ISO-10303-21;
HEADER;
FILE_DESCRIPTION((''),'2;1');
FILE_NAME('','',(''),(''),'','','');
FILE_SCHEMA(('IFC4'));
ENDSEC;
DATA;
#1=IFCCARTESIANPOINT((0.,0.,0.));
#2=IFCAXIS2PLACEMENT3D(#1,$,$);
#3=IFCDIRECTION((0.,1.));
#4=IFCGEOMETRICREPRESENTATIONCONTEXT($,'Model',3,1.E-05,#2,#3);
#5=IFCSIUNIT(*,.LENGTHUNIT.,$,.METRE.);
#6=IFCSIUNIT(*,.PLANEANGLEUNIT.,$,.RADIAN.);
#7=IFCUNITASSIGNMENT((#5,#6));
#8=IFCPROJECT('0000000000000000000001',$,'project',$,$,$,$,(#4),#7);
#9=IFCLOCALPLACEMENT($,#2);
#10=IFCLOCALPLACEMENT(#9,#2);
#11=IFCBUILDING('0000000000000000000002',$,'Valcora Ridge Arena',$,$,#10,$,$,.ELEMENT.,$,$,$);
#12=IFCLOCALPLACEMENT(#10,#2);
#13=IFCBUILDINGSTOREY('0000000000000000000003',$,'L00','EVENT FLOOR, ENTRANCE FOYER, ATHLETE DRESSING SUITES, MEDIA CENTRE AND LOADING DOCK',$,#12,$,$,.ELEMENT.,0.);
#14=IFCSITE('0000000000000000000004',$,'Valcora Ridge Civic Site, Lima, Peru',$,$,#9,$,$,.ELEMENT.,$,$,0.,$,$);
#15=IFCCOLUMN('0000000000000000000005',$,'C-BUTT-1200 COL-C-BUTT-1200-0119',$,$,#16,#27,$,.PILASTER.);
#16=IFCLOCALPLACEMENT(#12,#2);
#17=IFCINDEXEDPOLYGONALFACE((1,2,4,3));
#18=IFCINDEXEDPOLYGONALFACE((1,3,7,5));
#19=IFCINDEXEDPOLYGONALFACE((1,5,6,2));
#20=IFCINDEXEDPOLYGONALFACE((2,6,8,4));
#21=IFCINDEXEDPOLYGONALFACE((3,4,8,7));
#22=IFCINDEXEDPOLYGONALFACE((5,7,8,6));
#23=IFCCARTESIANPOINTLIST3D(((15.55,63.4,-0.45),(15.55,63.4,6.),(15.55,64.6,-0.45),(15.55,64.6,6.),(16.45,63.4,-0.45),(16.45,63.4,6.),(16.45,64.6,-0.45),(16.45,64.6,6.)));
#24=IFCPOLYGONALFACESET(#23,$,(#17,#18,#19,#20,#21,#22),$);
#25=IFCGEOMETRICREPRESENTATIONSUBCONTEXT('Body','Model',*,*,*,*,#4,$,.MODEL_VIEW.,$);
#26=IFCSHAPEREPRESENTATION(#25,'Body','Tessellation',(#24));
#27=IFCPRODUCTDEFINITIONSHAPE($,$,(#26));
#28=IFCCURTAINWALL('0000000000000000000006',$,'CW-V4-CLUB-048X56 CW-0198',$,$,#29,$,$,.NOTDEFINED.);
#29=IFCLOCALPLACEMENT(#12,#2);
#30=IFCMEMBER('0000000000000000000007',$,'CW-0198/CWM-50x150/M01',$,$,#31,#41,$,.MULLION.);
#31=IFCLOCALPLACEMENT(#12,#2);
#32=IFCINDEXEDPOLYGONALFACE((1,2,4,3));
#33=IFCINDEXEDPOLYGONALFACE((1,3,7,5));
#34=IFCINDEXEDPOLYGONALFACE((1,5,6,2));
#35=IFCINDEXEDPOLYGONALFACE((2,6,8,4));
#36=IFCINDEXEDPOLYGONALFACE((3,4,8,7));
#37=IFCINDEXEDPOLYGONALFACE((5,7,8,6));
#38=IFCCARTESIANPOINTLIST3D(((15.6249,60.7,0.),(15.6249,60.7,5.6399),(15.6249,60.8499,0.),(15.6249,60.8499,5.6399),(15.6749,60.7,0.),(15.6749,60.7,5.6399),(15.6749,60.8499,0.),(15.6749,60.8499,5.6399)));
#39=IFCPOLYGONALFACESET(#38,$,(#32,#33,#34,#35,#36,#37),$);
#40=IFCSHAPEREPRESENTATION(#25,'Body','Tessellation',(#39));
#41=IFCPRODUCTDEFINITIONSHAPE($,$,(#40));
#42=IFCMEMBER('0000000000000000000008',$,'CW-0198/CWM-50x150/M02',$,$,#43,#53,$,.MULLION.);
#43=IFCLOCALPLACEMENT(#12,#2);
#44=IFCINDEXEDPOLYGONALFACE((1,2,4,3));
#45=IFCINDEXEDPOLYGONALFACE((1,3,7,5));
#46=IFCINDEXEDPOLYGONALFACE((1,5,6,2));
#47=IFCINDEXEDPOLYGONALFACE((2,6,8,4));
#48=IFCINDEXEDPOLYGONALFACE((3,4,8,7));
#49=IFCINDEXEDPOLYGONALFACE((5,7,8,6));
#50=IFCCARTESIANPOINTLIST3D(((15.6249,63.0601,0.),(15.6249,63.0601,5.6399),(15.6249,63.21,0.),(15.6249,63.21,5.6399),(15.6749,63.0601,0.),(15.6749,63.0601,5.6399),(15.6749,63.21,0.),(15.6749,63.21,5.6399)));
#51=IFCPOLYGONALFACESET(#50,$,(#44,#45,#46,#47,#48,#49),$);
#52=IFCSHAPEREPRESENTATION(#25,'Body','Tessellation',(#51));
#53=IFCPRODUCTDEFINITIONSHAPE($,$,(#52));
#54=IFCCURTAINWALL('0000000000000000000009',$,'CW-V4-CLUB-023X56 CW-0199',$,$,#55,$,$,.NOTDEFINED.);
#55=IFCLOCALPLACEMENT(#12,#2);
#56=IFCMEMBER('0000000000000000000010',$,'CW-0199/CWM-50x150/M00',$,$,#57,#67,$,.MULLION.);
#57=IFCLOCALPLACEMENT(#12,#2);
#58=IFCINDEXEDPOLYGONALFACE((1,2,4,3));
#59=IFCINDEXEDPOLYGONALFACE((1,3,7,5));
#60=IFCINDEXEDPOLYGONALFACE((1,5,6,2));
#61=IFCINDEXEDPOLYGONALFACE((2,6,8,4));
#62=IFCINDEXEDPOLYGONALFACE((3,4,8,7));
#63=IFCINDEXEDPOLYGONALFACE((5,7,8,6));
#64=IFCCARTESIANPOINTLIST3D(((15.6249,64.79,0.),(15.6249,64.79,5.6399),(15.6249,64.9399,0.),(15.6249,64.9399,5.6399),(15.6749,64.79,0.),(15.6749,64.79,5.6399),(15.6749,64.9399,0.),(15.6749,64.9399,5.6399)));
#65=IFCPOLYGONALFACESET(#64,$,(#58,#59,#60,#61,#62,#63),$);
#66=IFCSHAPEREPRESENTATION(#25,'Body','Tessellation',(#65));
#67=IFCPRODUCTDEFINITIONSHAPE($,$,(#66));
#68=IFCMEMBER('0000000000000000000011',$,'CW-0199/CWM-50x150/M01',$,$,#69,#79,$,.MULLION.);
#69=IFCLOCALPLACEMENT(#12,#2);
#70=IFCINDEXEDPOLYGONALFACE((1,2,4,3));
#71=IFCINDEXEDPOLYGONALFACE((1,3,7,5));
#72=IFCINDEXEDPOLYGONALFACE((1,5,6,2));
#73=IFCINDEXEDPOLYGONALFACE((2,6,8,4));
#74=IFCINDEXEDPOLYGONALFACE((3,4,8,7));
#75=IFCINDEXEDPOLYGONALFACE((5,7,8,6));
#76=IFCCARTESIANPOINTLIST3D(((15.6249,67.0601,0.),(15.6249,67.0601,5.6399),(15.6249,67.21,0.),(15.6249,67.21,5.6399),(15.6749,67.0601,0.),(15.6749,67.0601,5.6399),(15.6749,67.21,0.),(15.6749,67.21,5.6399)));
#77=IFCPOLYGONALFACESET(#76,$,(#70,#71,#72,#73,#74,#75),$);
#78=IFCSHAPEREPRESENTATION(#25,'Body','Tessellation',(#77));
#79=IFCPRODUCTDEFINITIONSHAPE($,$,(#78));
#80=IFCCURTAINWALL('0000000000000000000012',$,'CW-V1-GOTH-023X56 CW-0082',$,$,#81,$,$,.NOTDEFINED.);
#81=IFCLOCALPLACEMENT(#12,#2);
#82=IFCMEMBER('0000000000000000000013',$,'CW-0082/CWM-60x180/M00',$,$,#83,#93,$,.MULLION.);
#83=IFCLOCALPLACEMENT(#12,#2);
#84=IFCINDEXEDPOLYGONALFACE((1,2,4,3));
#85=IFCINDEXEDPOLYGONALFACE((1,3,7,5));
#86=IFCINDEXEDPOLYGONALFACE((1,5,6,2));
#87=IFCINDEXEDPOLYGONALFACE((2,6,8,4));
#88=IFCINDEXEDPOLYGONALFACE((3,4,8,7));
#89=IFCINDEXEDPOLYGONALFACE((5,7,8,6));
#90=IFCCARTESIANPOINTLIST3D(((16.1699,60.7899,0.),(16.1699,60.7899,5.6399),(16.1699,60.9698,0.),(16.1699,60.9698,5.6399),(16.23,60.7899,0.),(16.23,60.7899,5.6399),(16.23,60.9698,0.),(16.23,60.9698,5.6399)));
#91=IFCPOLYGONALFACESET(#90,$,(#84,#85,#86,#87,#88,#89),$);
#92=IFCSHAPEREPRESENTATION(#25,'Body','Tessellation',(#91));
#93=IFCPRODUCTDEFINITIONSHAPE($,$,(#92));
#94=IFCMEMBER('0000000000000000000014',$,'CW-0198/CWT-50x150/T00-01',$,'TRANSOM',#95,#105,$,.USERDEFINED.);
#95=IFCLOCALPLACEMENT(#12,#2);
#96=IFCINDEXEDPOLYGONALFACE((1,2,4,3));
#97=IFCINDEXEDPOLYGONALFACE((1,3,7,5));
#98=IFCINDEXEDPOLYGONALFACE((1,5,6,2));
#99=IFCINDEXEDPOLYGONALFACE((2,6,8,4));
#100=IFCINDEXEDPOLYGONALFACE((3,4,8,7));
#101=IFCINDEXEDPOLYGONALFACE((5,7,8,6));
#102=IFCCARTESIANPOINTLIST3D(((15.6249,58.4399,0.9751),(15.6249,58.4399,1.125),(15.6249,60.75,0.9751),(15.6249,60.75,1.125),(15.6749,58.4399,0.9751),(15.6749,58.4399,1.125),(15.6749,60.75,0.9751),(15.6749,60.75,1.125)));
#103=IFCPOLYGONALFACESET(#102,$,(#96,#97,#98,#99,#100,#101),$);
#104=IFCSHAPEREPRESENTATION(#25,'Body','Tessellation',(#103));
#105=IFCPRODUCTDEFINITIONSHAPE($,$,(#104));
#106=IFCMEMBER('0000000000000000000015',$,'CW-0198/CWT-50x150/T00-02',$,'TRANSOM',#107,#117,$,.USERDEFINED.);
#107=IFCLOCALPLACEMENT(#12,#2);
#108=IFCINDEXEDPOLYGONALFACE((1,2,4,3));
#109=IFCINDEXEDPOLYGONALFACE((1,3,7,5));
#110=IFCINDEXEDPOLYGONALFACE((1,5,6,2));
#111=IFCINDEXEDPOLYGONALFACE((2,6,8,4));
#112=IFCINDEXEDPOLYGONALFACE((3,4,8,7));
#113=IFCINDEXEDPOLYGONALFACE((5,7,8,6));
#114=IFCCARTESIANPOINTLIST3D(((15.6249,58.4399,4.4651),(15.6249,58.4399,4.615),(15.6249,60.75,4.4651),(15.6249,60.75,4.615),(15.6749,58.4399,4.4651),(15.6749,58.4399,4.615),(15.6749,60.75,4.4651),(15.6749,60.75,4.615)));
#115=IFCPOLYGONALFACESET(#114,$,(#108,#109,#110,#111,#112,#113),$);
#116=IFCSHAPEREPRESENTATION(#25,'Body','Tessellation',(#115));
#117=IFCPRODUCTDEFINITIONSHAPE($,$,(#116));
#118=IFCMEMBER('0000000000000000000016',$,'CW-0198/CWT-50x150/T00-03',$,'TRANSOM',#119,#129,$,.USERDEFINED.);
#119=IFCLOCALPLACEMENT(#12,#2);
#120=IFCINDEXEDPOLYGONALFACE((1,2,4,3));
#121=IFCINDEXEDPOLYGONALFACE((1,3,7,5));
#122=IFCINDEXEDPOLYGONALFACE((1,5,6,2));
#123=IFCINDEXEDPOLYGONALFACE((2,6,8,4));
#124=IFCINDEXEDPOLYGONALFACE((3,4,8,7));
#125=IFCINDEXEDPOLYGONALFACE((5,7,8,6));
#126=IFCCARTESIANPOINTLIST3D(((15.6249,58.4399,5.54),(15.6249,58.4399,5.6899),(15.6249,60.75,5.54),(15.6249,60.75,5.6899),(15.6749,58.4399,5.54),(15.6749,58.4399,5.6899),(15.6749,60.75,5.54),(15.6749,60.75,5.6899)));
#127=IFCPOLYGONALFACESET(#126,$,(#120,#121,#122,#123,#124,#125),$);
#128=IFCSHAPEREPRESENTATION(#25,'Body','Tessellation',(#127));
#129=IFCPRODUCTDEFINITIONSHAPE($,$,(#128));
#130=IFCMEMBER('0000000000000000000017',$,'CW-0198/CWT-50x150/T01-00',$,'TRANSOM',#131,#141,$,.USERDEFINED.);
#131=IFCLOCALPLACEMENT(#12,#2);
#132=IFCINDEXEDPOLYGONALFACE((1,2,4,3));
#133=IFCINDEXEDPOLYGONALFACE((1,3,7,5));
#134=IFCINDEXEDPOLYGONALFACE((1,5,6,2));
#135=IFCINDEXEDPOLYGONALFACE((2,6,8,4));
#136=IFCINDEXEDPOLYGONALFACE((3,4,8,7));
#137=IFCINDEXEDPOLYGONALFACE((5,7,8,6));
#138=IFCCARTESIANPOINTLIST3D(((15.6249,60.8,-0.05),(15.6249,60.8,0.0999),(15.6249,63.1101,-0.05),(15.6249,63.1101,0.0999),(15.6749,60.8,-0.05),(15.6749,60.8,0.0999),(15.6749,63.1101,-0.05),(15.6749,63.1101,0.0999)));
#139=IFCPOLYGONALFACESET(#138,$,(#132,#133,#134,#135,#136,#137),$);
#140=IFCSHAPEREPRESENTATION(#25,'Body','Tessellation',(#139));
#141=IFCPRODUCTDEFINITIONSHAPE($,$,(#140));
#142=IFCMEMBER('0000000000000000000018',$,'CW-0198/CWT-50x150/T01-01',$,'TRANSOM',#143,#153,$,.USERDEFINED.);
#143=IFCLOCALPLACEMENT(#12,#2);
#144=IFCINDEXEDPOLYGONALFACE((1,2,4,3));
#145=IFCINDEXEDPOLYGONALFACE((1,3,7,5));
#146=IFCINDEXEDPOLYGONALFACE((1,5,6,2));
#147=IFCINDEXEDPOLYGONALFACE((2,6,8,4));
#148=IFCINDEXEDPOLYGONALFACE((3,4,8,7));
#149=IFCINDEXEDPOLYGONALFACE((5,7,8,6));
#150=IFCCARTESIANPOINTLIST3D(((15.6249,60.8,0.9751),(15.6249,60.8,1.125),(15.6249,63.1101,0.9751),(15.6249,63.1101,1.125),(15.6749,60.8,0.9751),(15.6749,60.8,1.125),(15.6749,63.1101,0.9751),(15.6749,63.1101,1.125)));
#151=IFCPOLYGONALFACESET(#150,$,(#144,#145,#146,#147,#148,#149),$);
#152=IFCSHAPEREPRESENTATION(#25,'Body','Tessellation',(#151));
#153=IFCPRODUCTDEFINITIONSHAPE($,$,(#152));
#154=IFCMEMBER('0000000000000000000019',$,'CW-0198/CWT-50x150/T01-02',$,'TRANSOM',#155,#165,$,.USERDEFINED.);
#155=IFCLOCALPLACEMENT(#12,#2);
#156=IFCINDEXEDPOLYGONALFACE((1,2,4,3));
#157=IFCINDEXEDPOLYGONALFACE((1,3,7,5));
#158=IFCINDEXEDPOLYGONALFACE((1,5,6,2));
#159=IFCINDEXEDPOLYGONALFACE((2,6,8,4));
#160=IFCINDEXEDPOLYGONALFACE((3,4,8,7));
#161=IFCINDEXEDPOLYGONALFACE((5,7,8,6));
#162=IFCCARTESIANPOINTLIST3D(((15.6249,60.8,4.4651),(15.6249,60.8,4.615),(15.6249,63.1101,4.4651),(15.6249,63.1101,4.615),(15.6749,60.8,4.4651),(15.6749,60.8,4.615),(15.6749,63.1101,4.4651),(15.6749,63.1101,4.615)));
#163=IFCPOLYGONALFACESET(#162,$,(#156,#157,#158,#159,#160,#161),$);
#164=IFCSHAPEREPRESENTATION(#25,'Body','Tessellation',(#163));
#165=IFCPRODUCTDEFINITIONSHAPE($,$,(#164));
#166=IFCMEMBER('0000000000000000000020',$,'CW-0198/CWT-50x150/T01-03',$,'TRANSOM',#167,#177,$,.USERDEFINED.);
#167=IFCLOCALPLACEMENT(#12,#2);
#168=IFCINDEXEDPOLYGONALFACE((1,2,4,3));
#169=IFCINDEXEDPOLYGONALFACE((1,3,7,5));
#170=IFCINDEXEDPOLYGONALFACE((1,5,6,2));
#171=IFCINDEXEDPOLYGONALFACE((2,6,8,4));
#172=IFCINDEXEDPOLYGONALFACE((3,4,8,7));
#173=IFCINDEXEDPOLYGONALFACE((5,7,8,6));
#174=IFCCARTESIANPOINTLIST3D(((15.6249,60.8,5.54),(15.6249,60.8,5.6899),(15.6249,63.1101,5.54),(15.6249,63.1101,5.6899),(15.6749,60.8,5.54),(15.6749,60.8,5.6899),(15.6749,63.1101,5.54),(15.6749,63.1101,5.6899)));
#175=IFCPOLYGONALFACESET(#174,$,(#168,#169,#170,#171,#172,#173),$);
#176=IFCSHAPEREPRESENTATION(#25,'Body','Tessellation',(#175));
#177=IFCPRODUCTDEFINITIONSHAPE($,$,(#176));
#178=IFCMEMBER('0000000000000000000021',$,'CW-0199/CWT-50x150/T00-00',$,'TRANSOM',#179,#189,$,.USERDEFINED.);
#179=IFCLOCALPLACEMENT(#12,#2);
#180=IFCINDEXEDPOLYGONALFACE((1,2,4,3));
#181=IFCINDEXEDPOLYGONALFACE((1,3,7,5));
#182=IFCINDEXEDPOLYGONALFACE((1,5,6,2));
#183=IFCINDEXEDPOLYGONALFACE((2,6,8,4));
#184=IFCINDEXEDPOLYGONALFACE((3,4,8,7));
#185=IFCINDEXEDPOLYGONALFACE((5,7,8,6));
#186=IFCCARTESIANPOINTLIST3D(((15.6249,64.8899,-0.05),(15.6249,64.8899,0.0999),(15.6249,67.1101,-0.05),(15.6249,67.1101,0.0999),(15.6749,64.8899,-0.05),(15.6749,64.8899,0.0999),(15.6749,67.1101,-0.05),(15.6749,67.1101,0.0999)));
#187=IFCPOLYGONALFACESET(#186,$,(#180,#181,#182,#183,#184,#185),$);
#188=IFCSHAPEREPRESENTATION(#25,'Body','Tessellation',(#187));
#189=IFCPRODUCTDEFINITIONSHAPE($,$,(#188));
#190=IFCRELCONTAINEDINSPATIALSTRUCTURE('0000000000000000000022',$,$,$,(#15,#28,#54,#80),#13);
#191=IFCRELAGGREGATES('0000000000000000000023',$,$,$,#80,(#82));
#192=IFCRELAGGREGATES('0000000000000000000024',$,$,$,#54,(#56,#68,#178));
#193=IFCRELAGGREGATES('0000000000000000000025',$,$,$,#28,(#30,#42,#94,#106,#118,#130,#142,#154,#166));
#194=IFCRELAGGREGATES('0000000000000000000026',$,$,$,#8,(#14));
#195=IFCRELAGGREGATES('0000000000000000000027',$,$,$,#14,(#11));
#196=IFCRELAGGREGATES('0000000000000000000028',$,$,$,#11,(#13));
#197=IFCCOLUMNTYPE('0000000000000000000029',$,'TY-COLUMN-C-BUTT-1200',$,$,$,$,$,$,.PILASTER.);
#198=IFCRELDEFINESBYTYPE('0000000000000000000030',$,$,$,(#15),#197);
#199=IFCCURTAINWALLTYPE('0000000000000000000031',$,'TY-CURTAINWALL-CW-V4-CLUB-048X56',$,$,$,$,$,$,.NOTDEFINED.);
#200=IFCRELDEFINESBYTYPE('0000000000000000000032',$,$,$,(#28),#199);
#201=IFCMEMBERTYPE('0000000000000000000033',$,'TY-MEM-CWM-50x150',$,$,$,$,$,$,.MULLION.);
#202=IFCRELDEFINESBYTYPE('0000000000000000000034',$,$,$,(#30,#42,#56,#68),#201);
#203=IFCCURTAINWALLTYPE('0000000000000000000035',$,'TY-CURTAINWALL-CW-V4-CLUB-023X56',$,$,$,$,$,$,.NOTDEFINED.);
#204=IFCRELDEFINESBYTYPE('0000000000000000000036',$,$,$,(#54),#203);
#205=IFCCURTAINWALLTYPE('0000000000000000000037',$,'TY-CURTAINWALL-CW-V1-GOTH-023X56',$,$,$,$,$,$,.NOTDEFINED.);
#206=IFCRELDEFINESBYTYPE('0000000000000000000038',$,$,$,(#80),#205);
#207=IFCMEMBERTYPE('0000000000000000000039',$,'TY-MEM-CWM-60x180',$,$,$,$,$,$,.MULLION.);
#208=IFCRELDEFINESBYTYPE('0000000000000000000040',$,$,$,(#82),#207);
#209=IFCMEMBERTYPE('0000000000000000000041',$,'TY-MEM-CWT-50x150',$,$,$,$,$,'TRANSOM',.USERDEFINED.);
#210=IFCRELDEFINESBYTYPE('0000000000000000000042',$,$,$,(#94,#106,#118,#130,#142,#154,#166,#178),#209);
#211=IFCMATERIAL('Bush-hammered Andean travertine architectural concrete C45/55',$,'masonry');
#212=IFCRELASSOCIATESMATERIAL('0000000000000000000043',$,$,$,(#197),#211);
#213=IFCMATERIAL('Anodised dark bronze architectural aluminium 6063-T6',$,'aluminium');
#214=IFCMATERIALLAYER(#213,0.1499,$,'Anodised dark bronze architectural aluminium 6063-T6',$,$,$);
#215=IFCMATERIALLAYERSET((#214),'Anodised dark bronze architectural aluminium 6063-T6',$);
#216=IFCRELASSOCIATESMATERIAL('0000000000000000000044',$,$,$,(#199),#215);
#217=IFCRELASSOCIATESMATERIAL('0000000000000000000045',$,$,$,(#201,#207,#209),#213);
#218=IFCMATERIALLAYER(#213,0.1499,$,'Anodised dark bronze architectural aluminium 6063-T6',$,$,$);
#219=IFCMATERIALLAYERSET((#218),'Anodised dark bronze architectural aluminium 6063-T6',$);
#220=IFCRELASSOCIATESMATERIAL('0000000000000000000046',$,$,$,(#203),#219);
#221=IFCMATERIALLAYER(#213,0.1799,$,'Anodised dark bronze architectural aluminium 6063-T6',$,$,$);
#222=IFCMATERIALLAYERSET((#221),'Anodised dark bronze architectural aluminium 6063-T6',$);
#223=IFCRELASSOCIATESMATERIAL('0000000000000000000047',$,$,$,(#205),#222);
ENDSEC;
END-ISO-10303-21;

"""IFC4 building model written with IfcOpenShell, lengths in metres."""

from ifc_helpers import new_model, si_unit, direction, frame, origin, origin_2d, place, context, subcontext, project, spatial, rectangle, extrude, material, layer, layer_set, material_profile, profile_set, type_object, element, aggregate, save


model = new_model("IFC4")

# Units and contexts
model_context = context("Model", 3, precision=1e-05, world=origin(), true_north=direction((0.0, 1.0)))
body_context = subcontext(model_context, "Body", "Model", "MODEL_VIEW")
ifc_project = project(units=[si_unit("LENGTHUNIT", "METRE"), si_unit("PLANEANGLEUNIT", "RADIAN")], contexts=[model_context])

# Site, building, storey
site_placement = place(None, origin())
site = spatial("IfcSite", under=ifc_project, at=site_placement, Name="Valcora Ridge Civic Site, Lima, Peru", CompositionType="ELEMENT", RefElevation=0.0)
building_placement = place(site_placement, origin())
building = spatial("IfcBuilding", under=site, at=building_placement, Name="Valcora Ridge Arena", CompositionType="ELEMENT")
storey_placement = place(building_placement, origin())
storey = spatial("IfcBuildingStorey", under=building, at=storey_placement, Name="L00", Description="EVENT FLOOR, ENTRANCE FOYER, ATHLETE DRESSING SUITES, MEDIA CENTRE AND LOADING DOCK", CompositionType="ELEMENT", Elevation=0.0)

# Column
ifc_material_1 = material(Name="Bush-hammered Andean travertine architectural concrete C45/55", Category="masonry")
ifc_material_profile_1 = material_profile(ifc_material_1, rectangle(XDim=0.8999, YDim=1.2, at=origin_2d()), Name="RC 900x1200")
ifc_profile_set_1 = profile_set([ifc_material_profile_1], Name="Bush-hammered Andean travertine architectural concrete C45/55")
column_type = type_object("IfcColumnType", Name="TY-COLUMN-C-BUTT-1200", PredefinedType="PILASTER", material=ifc_profile_set_1)
column_placement = place(storey_placement, frame((16.0, 64.0, -0.45), z_axis=(0.0, 0.0, 1.0), x_axis=(1.0, 0.0, 0.0)))
element("IfcColumn", 1, at=column_placement, inside=storey, type_object=column_type, Name="C-BUTT-1200 COL-C-BUTT-1200-0119", PredefinedType="PILASTER", context=body_context, shape_type="SweptSolid", body=[
    extrude(rectangle(XDim=0.8999, YDim=1.2, at=origin_2d()), origin(), (0.0, 0.0, 1.0), 6.45),
])

# Curtain walls, members
ifc_material_2 = material(Name="Anodised dark bronze architectural aluminium 6063-T6", Category="aluminium")
ifc_layer_1 = layer(ifc_material_2, 0.1499, Name="Anodised dark bronze architectural aluminium 6063-T6")
ifc_layer_set_1 = layer_set([ifc_layer_1], Name="Anodised dark bronze architectural aluminium 6063-T6")
curtain_wall_type_1 = type_object("IfcCurtainWallType", Name="TY-CURTAINWALL-CW-V4-CLUB-048X56", PredefinedType="NOTDEFINED", material=ifc_layer_set_1)
curtain_wall_1_placement = place(storey_placement, origin())
curtain_wall_1 = element("IfcCurtainWall", 2, at=curtain_wall_1_placement, inside=storey, type_object=curtain_wall_type_1, Name="CW-V4-CLUB-048X56 CW-0198", PredefinedType="NOTDEFINED")
ifc_material_profile_2 = material_profile(ifc_material_2, rectangle(XDim=0.05, YDim=0.1499, at=origin_2d()), Name="ALU MULLION 50x150")
ifc_profile_set_2 = profile_set([ifc_material_profile_2], Name="Anodised dark bronze architectural aluminium 6063-T6")
member_type_1 = type_object("IfcMemberType", Name="TY-MEM-CWM-50x150", PredefinedType="MULLION", material=ifc_profile_set_2)
member_1_placement = place(storey_placement, frame((15.6499, 60.7749, 0.0), z_axis=(0.0, 0.0, 1.0), x_axis=(-1.0, 0.0, 0.0)))
member_1 = element("IfcMember", 3, at=member_1_placement, type_object=member_type_1, Name="CW-0198/CWM-50x150/M01", PredefinedType="MULLION", context=body_context, shape_type="SweptSolid", body=[
    extrude(rectangle(XDim=0.05, YDim=0.1499, at=origin_2d()), origin(), (0.0, 0.0, 1.0), 5.6399),
])
member_2_placement = place(storey_placement, frame((15.6499, 63.135, 0.0), z_axis=(0.0, 0.0, 1.0), x_axis=(-1.0, 0.0, 0.0)))
member_2 = element("IfcMember", 4, at=member_2_placement, type_object=member_type_1, Name="CW-0198/CWM-50x150/M02", PredefinedType="MULLION", context=body_context, shape_type="SweptSolid", body=[
    extrude(rectangle(XDim=0.05, YDim=0.1499, at=origin_2d()), origin(), (0.0, 0.0, 1.0), 5.6399),
])
ifc_layer_2 = layer(ifc_material_2, 0.1499, Name="Anodised dark bronze architectural aluminium 6063-T6")
ifc_layer_set_2 = layer_set([ifc_layer_2], Name="Anodised dark bronze architectural aluminium 6063-T6")
curtain_wall_type_2 = type_object("IfcCurtainWallType", Name="TY-CURTAINWALL-CW-V4-CLUB-023X56", PredefinedType="NOTDEFINED", material=ifc_layer_set_2)
curtain_wall_2_placement = place(storey_placement, origin())
curtain_wall_2 = element("IfcCurtainWall", 5, at=curtain_wall_2_placement, inside=storey, type_object=curtain_wall_type_2, Name="CW-V4-CLUB-023X56 CW-0199", PredefinedType="NOTDEFINED")
member_3_placement = place(storey_placement, frame((15.6499, 64.865, 0.0), z_axis=(0.0, 0.0, 1.0), x_axis=(-1.0, 0.0, 0.0)))
member_3 = element("IfcMember", 6, at=member_3_placement, type_object=member_type_1, Name="CW-0199/CWM-50x150/M00", PredefinedType="MULLION", context=body_context, shape_type="SweptSolid", body=[
    extrude(rectangle(XDim=0.05, YDim=0.1499, at=origin_2d()), origin(), (0.0, 0.0, 1.0), 5.6399),
])
member_4_placement = place(storey_placement, frame((15.6499, 67.135, 0.0), z_axis=(0.0, 0.0, 1.0), x_axis=(-1.0, 0.0, 0.0)))
member_4 = element("IfcMember", 7, at=member_4_placement, type_object=member_type_1, Name="CW-0199/CWM-50x150/M01", PredefinedType="MULLION", context=body_context, shape_type="SweptSolid", body=[
    extrude(rectangle(XDim=0.05, YDim=0.1499, at=origin_2d()), origin(), (0.0, 0.0, 1.0), 5.6399),
])

# Curtain wall, member
ifc_layer_3 = layer(ifc_material_2, 0.1799, Name="Anodised dark bronze architectural aluminium 6063-T6")
ifc_layer_set_3 = layer_set([ifc_layer_3], Name="Anodised dark bronze architectural aluminium 6063-T6")
curtain_wall_type_3 = type_object("IfcCurtainWallType", Name="TY-CURTAINWALL-CW-V1-GOTH-023X56", PredefinedType="NOTDEFINED", material=ifc_layer_set_3)
curtain_wall_3_placement = place(storey_placement, origin())
curtain_wall_3 = element("IfcCurtainWall", 8, at=curtain_wall_3_placement, inside=storey, type_object=curtain_wall_type_3, Name="CW-V1-GOTH-023X56 CW-0082", PredefinedType="NOTDEFINED")
ifc_material_profile_3 = material_profile(ifc_material_2, rectangle(XDim=0.0601, YDim=0.1799, at=origin_2d()), Name="ALU MULLION 60x180")
ifc_profile_set_3 = profile_set([ifc_material_profile_3], Name="Anodised dark bronze architectural aluminium 6063-T6")
member_type_2 = type_object("IfcMemberType", Name="TY-MEM-CWM-60x180", PredefinedType="MULLION", material=ifc_profile_set_3)
member_5_placement = place(storey_placement, frame((16.2, 60.8799, 0.0), z_axis=(0.0, 0.0, 1.0), x_axis=(-1.0, 0.0, 0.0)))
member_5 = element("IfcMember", 9, at=member_5_placement, type_object=member_type_2, Name="CW-0082/CWM-60x180/M00", PredefinedType="MULLION", context=body_context, shape_type="SweptSolid", body=[
    extrude(rectangle(XDim=0.0601, YDim=0.1799, at=origin_2d()), origin(), (0.0, 0.0, 1.0), 5.6399),
])

# Members
ifc_material_profile_4 = material_profile(ifc_material_2, rectangle(XDim=0.05, YDim=0.1499, at=origin_2d()), Name="ALU TRANSOM 50x150")
ifc_profile_set_4 = profile_set([ifc_material_profile_4], Name="Anodised dark bronze architectural aluminium 6063-T6")
member_type_3 = type_object("IfcMemberType", Name="TY-MEM-CWT-50x150", ElementType="TRANSOM", PredefinedType="USERDEFINED", material=ifc_profile_set_4)
member_6_placement = place(storey_placement, frame((15.6499, 58.4399, 1.05), z_axis=(0.0, 1.0, 0.0), x_axis=(-1.0, 0.0, 0.0)))
member_6 = element("IfcMember", 10, at=member_6_placement, type_object=member_type_3, Name="CW-0198/CWT-50x150/T00-01", ObjectType="TRANSOM", PredefinedType="USERDEFINED", context=body_context, shape_type="SweptSolid", body=[
    extrude(rectangle(XDim=0.05, YDim=0.1499, at=origin_2d()), origin(), (0.0, 0.0, 1.0), 2.3101),
])
member_7_placement = place(storey_placement, frame((15.6499, 58.4399, 4.54), z_axis=(0.0, 1.0, 0.0), x_axis=(-1.0, 0.0, 0.0)))
member_7 = element("IfcMember", 11, at=member_7_placement, type_object=member_type_3, Name="CW-0198/CWT-50x150/T00-02", ObjectType="TRANSOM", PredefinedType="USERDEFINED", context=body_context, shape_type="SweptSolid", body=[
    extrude(rectangle(XDim=0.05, YDim=0.1499, at=origin_2d()), origin(), (0.0, 0.0, 1.0), 2.3101),
])
member_8_placement = place(storey_placement, frame((15.6499, 58.4399, 5.615), z_axis=(0.0, 1.0, 0.0), x_axis=(-1.0, 0.0, 0.0)))
member_8 = element("IfcMember", 12, at=member_8_placement, type_object=member_type_3, Name="CW-0198/CWT-50x150/T00-03", ObjectType="TRANSOM", PredefinedType="USERDEFINED", context=body_context, shape_type="SweptSolid", body=[
    extrude(rectangle(XDim=0.05, YDim=0.1499, at=origin_2d()), origin(), (0.0, 0.0, 1.0), 2.3101),
])
member_9_placement = place(storey_placement, frame((15.6499, 60.8, 0.0249), z_axis=(0.0, 1.0, 0.0), x_axis=(-1.0, 0.0, 0.0)))
member_9 = element("IfcMember", 13, at=member_9_placement, type_object=member_type_3, Name="CW-0198/CWT-50x150/T01-00", ObjectType="TRANSOM", PredefinedType="USERDEFINED", context=body_context, shape_type="SweptSolid", body=[
    extrude(rectangle(XDim=0.05, YDim=0.1499, at=origin_2d()), origin(), (0.0, 0.0, 1.0), 2.3101),
])
member_10_placement = place(storey_placement, frame((15.6499, 60.8, 1.05), z_axis=(0.0, 1.0, 0.0), x_axis=(-1.0, 0.0, 0.0)))
member_10 = element("IfcMember", 14, at=member_10_placement, type_object=member_type_3, Name="CW-0198/CWT-50x150/T01-01", ObjectType="TRANSOM", PredefinedType="USERDEFINED", context=body_context, shape_type="SweptSolid", body=[
    extrude(rectangle(XDim=0.05, YDim=0.1499, at=origin_2d()), origin(), (0.0, 0.0, 1.0), 2.3101),
])
member_11_placement = place(storey_placement, frame((15.6499, 60.8, 4.54), z_axis=(0.0, 1.0, 0.0), x_axis=(-1.0, 0.0, 0.0)))
member_11 = element("IfcMember", 15, at=member_11_placement, type_object=member_type_3, Name="CW-0198/CWT-50x150/T01-02", ObjectType="TRANSOM", PredefinedType="USERDEFINED", context=body_context, shape_type="SweptSolid", body=[
    extrude(rectangle(XDim=0.05, YDim=0.1499, at=origin_2d()), origin(), (0.0, 0.0, 1.0), 2.3101),
])
member_12_placement = place(storey_placement, frame((15.6499, 60.8, 5.615), z_axis=(0.0, 1.0, 0.0), x_axis=(-1.0, 0.0, 0.0)))
member_12 = element("IfcMember", 16, at=member_12_placement, type_object=member_type_3, Name="CW-0198/CWT-50x150/T01-03", ObjectType="TRANSOM", PredefinedType="USERDEFINED", context=body_context, shape_type="SweptSolid", body=[
    extrude(rectangle(XDim=0.05, YDim=0.1499, at=origin_2d()), origin(), (0.0, 0.0, 1.0), 2.3101),
])
member_13_placement = place(storey_placement, frame((15.6499, 64.8899, 0.0249), z_axis=(0.0, 1.0, 0.0), x_axis=(-1.0, 0.0, 0.0)))
member_13 = element("IfcMember", 17, at=member_13_placement, type_object=member_type_3, Name="CW-0199/CWT-50x150/T00-00", ObjectType="TRANSOM", PredefinedType="USERDEFINED", context=body_context, shape_type="SweptSolid", body=[
    extrude(rectangle(XDim=0.05, YDim=0.1499, at=origin_2d()), origin(), (0.0, 0.0, 1.0), 2.2202),
])

aggregate(curtain_wall_3, [member_5])
aggregate(curtain_wall_2, [member_3, member_4, member_13])
aggregate(curtain_wall_1, [member_1, member_2, member_6, member_7, member_8, member_9, member_10, member_11, member_12])

save(model, "model.ifc")
